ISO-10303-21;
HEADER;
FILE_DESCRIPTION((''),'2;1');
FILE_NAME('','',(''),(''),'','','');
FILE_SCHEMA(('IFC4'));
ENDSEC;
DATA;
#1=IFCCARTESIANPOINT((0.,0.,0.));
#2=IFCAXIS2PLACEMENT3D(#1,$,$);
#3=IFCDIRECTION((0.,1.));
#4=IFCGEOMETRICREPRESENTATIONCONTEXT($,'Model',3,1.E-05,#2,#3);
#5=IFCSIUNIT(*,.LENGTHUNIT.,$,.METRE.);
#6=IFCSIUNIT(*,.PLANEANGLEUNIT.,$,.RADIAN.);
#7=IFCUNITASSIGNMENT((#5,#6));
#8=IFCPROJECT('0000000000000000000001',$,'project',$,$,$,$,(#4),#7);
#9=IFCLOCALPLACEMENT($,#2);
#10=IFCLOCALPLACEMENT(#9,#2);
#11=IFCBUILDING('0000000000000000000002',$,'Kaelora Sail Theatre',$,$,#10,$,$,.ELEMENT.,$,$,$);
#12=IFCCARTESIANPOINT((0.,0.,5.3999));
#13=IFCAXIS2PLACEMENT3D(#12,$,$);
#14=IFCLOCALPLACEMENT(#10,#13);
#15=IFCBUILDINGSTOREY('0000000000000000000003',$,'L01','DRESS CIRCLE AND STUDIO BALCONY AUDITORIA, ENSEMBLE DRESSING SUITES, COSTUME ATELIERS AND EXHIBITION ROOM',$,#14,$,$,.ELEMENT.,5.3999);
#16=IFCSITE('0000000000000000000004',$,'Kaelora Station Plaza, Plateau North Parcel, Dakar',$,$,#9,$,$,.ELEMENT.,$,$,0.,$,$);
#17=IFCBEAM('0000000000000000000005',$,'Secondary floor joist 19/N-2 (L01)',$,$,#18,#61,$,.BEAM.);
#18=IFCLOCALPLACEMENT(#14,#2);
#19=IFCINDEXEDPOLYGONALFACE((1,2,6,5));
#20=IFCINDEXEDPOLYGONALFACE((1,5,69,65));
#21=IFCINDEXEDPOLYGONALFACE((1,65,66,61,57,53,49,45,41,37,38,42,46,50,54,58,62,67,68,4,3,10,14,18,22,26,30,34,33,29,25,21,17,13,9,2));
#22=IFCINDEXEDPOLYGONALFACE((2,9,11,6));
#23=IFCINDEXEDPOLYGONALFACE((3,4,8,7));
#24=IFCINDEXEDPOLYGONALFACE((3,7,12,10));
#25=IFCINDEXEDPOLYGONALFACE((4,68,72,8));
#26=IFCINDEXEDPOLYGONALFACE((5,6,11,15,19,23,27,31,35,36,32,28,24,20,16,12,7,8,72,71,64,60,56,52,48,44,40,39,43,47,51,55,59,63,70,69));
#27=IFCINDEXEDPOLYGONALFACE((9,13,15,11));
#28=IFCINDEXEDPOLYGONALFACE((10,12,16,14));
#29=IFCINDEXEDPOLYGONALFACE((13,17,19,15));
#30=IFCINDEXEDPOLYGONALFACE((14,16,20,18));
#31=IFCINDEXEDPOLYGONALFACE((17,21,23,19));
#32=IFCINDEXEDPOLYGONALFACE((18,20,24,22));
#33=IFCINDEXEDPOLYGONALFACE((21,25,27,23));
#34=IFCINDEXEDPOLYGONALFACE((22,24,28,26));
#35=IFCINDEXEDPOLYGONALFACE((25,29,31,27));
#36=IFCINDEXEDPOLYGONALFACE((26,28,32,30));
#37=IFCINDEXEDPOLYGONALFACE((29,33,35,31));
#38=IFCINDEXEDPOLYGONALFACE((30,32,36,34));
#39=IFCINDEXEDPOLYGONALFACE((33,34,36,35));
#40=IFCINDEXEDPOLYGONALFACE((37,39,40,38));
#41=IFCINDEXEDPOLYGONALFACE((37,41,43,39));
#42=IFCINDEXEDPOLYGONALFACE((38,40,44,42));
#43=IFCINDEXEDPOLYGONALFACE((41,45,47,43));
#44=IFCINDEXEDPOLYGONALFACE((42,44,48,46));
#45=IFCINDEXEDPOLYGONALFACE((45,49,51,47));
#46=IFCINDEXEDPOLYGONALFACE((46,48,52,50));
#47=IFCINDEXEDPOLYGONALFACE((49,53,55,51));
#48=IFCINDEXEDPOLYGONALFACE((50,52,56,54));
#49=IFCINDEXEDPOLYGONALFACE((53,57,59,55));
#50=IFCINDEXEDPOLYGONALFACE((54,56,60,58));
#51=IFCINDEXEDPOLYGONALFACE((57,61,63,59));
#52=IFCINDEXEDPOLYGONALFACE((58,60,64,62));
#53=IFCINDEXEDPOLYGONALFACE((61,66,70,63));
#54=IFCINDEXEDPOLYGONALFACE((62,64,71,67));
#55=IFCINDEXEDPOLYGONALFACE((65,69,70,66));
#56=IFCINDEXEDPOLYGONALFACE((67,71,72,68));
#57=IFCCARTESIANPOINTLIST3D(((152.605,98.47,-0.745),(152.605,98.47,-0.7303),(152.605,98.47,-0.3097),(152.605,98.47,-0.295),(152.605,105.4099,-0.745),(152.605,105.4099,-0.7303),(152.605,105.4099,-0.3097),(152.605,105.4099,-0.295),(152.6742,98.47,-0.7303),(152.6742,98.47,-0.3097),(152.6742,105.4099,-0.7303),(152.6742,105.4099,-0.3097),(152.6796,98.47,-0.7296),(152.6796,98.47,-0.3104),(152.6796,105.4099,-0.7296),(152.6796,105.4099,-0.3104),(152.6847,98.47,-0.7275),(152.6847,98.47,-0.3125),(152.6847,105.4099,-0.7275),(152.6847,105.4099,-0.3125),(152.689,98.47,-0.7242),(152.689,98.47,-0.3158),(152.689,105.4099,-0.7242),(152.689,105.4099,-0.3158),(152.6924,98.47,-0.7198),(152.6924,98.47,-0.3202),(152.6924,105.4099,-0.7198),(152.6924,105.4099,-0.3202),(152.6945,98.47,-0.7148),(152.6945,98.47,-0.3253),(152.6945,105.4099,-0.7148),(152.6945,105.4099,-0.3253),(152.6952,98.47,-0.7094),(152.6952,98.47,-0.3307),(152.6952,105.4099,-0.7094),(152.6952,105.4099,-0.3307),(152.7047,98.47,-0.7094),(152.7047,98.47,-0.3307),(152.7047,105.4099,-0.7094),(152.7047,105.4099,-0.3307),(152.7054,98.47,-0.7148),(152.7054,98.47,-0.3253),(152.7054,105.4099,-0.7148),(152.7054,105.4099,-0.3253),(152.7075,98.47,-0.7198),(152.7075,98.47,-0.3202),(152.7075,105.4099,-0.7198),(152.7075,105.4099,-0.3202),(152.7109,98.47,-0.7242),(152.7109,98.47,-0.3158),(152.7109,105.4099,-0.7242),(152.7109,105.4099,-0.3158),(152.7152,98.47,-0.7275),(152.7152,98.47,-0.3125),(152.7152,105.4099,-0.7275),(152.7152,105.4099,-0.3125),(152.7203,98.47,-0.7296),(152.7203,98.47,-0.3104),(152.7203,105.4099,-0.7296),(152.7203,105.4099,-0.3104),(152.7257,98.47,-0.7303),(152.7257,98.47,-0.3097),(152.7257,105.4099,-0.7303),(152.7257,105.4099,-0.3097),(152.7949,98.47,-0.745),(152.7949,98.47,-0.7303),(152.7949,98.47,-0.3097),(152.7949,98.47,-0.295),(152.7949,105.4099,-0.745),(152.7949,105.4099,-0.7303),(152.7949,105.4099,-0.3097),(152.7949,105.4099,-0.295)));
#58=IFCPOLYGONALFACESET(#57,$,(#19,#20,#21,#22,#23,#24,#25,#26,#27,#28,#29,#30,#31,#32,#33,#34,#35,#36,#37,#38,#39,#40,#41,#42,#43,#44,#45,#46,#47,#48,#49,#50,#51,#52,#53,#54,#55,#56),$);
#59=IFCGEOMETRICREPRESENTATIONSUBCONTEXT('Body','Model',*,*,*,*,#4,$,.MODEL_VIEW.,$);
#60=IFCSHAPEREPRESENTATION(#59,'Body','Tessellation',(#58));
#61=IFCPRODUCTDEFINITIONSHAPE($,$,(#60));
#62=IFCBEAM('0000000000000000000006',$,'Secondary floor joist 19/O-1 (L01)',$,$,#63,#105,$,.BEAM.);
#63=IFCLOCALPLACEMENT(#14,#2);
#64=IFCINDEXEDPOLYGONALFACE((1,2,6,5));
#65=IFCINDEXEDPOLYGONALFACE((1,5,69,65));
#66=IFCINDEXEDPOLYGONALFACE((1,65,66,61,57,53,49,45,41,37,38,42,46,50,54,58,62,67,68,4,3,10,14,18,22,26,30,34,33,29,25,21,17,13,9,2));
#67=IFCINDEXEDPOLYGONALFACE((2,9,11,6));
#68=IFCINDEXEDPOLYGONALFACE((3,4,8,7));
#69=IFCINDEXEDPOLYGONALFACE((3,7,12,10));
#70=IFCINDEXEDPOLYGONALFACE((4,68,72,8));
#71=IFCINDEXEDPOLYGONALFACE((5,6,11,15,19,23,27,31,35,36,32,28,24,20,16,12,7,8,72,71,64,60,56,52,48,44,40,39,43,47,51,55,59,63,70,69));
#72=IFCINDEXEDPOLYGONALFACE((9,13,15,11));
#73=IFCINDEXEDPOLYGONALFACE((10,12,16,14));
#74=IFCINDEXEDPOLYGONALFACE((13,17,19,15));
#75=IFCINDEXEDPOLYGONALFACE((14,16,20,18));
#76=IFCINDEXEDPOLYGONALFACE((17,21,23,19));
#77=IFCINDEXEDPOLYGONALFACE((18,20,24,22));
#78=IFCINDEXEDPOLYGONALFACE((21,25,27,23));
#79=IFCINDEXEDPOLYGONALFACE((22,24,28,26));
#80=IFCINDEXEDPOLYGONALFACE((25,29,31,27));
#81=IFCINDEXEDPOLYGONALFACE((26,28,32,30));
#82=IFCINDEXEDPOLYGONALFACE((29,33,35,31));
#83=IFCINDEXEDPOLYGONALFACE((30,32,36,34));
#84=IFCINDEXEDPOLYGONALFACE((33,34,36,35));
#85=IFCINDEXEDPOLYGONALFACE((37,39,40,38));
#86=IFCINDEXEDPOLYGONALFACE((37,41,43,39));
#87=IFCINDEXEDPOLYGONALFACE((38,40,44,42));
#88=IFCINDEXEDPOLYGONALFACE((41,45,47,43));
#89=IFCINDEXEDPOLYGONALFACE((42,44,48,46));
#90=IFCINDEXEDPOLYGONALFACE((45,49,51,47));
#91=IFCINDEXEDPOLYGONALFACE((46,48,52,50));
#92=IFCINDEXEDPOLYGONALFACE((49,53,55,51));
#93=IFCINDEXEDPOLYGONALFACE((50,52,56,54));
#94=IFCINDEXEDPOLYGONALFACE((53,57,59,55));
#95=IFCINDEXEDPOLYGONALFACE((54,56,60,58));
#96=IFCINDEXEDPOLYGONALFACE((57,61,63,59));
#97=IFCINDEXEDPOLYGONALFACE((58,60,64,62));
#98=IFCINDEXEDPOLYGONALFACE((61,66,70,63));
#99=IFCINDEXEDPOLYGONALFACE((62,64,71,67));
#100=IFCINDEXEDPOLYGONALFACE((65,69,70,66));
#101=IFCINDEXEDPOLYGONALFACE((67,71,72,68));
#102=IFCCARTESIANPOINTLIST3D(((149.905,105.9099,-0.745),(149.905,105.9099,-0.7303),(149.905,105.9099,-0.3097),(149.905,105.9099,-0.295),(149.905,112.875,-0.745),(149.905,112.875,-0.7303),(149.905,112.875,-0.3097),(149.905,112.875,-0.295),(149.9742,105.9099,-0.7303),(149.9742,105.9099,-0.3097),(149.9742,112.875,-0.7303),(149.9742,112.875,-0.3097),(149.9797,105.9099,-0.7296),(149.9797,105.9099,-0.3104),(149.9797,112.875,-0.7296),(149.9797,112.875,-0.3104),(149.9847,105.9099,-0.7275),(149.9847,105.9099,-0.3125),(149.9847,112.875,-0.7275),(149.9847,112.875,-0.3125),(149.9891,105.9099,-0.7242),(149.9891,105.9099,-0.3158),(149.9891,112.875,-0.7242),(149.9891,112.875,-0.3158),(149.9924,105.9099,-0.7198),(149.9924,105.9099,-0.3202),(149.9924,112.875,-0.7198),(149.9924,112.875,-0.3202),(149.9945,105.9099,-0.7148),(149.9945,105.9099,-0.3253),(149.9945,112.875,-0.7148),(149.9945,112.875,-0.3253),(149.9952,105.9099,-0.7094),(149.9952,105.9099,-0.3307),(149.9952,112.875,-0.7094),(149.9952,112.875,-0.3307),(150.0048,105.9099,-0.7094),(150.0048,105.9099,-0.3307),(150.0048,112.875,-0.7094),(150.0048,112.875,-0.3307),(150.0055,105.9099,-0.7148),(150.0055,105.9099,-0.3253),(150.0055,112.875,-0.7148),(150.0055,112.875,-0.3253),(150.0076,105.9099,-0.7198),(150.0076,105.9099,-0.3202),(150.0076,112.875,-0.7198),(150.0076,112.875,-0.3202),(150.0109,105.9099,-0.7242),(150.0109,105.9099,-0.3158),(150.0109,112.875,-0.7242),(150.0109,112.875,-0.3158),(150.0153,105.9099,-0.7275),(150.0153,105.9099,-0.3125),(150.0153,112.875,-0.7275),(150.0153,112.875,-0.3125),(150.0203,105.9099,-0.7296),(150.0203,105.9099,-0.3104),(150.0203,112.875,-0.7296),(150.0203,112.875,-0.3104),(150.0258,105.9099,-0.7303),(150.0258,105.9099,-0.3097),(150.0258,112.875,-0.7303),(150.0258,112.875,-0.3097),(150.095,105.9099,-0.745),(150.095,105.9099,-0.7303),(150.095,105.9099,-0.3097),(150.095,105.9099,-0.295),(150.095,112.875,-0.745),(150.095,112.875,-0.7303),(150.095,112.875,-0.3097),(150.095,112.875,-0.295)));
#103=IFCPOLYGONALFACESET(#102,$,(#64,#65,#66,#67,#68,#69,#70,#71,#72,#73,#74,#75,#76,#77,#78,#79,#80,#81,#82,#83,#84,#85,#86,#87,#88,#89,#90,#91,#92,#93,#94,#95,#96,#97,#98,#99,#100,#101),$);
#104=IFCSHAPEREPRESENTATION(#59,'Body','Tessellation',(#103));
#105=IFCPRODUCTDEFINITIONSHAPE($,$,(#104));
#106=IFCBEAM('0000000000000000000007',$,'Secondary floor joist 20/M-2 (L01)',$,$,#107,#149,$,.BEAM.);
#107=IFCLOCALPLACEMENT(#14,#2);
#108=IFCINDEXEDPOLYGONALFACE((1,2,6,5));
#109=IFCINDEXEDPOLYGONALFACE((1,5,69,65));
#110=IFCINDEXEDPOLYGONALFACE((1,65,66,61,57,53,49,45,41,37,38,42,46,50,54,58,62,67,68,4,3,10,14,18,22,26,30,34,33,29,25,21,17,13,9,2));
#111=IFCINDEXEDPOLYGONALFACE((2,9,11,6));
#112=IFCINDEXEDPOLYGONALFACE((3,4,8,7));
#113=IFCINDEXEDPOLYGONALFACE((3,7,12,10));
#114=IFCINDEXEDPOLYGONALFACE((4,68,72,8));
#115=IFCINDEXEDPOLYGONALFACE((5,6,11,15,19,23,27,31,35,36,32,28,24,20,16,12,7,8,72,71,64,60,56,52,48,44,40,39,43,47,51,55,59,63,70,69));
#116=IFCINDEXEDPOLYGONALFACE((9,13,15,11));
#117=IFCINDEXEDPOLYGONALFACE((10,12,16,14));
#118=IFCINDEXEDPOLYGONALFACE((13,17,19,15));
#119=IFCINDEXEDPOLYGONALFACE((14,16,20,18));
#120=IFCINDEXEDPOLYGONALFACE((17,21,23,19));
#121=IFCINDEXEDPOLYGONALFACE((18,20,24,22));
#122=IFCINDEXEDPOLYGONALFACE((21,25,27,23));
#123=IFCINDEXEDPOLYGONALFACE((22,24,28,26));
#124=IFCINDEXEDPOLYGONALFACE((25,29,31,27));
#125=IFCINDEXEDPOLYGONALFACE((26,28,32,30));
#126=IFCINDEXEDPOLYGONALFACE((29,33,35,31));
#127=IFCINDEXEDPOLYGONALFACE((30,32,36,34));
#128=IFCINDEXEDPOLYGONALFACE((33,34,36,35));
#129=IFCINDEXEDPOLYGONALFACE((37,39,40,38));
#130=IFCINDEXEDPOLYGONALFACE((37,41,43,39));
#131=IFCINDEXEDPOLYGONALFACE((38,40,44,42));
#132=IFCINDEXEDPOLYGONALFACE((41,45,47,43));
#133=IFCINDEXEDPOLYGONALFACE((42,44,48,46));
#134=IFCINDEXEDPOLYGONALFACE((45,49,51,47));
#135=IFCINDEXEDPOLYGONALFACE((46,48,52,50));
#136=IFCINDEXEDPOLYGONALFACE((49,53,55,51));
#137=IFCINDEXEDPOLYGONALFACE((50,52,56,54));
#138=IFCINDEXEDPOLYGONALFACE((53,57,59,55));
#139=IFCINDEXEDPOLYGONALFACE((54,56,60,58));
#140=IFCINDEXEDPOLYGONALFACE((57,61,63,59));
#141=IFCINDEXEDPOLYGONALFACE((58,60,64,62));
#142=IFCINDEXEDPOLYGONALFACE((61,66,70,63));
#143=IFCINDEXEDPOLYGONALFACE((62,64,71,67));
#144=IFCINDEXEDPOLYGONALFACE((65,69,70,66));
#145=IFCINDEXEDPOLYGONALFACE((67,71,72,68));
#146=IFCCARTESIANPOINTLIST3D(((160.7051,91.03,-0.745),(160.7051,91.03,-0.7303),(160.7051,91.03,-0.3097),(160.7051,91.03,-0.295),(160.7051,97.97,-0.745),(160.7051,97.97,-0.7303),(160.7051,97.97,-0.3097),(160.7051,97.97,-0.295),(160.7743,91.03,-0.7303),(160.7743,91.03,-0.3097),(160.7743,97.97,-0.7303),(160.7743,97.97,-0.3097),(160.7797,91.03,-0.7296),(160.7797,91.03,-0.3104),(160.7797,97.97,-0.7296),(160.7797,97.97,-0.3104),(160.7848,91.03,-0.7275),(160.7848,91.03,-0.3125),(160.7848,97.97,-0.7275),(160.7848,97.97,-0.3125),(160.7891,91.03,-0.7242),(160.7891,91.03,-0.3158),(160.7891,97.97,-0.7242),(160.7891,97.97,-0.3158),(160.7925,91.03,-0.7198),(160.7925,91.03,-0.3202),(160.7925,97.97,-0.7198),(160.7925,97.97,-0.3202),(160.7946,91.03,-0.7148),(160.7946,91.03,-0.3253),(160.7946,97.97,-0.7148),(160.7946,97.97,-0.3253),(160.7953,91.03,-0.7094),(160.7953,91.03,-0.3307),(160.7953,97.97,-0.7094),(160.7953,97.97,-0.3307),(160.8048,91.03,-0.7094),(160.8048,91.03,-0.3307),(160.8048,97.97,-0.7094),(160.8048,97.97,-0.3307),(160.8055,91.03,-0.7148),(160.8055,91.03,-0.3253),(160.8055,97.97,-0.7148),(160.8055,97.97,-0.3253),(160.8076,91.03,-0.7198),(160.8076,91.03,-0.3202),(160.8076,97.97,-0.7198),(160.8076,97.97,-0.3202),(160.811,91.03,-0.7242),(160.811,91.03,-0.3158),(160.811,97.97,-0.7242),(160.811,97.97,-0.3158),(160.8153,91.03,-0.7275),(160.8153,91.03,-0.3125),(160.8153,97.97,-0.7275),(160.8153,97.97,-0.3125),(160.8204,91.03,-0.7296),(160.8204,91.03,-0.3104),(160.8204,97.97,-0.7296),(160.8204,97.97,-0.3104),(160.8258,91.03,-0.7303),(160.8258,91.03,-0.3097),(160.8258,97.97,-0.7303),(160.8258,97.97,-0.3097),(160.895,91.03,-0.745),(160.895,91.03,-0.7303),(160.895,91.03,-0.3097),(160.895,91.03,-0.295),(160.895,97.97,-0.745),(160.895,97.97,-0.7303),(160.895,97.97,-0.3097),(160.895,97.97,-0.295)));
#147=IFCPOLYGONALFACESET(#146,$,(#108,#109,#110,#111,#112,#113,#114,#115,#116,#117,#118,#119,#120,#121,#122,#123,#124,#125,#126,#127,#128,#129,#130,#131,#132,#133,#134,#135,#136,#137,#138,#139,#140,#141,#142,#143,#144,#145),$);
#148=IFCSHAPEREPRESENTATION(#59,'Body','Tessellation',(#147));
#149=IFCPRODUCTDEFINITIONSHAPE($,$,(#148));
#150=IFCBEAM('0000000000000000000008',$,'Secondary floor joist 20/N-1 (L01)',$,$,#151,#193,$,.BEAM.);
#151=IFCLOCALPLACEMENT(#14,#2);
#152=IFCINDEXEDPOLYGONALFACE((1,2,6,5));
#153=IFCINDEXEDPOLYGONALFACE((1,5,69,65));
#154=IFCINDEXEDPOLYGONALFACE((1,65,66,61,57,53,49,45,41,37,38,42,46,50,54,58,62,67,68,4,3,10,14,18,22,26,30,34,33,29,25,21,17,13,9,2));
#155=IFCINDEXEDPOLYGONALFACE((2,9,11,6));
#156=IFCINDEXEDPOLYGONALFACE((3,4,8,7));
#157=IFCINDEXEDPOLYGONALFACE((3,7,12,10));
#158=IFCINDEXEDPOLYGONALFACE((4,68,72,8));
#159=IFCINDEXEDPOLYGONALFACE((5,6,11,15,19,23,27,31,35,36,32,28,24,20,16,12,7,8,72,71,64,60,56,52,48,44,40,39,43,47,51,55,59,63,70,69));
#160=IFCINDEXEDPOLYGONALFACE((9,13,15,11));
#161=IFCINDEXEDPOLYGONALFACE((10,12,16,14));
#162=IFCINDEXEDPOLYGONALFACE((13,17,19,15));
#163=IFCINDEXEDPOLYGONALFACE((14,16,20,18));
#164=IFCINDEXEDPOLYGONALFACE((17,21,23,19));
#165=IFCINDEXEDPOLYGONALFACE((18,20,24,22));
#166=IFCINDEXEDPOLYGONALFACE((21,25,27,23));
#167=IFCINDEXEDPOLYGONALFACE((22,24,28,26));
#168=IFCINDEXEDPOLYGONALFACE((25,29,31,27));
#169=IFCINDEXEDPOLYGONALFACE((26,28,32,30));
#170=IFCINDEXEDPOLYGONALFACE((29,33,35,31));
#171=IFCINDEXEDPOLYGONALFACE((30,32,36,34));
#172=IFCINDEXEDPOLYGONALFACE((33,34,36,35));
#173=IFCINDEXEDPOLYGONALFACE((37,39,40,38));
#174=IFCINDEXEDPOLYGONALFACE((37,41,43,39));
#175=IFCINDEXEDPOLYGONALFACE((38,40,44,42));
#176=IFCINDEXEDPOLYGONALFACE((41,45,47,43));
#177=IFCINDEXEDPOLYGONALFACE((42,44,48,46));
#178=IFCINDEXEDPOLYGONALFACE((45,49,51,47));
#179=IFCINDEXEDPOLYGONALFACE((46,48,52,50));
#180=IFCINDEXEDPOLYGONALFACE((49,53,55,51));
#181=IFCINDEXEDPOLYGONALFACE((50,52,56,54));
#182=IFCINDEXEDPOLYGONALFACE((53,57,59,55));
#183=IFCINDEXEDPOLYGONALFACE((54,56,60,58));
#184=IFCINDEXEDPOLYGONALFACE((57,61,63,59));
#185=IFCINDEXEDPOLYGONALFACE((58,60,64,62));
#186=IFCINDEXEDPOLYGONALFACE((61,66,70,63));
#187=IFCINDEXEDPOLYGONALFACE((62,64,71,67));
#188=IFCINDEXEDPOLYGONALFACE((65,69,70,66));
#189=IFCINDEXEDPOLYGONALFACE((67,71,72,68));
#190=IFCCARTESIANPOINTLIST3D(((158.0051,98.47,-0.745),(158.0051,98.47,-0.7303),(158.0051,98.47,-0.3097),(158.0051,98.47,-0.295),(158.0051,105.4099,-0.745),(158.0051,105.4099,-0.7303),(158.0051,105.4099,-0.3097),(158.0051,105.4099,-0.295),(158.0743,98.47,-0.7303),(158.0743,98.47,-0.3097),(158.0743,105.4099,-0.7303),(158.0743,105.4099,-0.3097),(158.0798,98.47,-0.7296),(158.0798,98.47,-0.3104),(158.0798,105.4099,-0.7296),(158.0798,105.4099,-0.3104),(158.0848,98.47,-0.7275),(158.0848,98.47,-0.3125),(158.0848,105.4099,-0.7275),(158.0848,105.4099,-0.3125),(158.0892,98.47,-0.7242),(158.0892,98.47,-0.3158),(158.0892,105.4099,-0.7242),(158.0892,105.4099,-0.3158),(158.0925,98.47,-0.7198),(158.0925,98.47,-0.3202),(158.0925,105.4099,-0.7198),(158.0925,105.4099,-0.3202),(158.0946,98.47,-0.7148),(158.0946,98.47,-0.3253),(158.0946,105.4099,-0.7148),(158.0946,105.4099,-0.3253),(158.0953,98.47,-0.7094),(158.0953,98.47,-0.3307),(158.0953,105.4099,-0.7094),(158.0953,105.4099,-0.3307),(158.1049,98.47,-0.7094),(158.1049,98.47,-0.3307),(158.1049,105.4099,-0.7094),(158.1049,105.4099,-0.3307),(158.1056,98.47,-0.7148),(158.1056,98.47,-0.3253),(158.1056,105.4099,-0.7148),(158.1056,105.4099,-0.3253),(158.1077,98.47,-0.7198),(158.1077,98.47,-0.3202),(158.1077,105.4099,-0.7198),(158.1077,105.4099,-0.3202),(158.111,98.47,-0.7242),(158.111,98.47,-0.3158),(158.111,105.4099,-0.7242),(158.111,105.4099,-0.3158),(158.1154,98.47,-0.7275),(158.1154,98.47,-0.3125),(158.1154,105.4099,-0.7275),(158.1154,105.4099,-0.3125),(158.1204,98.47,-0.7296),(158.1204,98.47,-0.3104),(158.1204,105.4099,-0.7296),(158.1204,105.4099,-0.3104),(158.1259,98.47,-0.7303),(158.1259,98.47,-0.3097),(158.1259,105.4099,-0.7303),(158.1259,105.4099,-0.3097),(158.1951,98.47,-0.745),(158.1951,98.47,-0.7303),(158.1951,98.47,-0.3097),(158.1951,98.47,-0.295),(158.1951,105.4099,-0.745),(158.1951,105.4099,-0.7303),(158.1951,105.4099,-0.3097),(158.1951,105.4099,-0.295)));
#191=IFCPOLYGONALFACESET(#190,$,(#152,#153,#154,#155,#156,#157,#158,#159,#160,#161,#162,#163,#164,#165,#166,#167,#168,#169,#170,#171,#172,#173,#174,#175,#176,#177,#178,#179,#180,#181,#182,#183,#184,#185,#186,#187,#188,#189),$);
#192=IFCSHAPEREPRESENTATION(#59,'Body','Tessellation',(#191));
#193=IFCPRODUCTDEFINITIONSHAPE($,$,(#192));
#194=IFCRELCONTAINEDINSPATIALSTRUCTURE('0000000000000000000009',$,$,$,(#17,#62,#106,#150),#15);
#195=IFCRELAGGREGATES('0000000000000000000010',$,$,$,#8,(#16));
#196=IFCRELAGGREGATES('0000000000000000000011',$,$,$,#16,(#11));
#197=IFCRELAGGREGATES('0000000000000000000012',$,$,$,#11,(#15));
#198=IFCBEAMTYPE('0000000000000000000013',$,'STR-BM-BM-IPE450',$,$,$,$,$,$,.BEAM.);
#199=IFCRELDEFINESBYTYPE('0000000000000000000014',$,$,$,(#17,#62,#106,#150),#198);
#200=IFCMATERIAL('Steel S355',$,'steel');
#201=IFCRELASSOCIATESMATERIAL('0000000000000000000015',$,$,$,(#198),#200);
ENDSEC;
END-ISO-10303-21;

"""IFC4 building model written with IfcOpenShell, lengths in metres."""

from ifc_helpers import new_model, si_unit, direction, frame, origin, origin_2d, place, context, subcontext, project, spatial, i_section, extrude, material, material_profile, profile_set, type_object, element, save


model = new_model("IFC4")

# Units and contexts
model_context = context("Model", 3, precision=1e-05, world=origin(), true_north=direction((0.0, 1.0)))
body_context = subcontext(model_context, "Body", "Model", "MODEL_VIEW")
ifc_project = project(units=[si_unit("LENGTHUNIT", "METRE"), si_unit("PLANEANGLEUNIT", "RADIAN")], contexts=[model_context])

# Site, building, storey
site_placement = place(None, origin())
site = spatial("IfcSite", under=ifc_project, at=site_placement, Name="Kaelora Station Plaza, Plateau North Parcel, Dakar", CompositionType="ELEMENT", RefElevation=0.0)
building_placement = place(site_placement, origin())
building = spatial("IfcBuilding", under=site, at=building_placement, Name="Kaelora Sail Theatre", CompositionType="ELEMENT")
storey_placement = place(building_placement, frame((0.0, 0.0, 5.3999)))
storey = spatial("IfcBuildingStorey", under=building, at=storey_placement, Name="L01", Description="DRESS CIRCLE AND STUDIO BALCONY AUDITORIA, ENSEMBLE DRESSING SUITES, COSTUME ATELIERS AND EXHIBITION ROOM", CompositionType="ELEMENT", Elevation=5.3999)

# Beams
ifc_material_1 = material(Name="Steel S355", Category="steel")
ifc_material_profile_1 = material_profile(ifc_material_1, i_section(OverallWidth=0.1899, OverallDepth=0.45, WebThickness=0.0095, FlangeThickness=0.0146, FilletRadius=0.021, at=origin_2d()), Name="IPE 450")
ifc_profile_set_1 = profile_set([ifc_material_profile_1], Name="Steel S355")
beam_type_1 = type_object("IfcBeamType", Name="STR-BM-BM-IPE450", PredefinedType="BEAM", material=ifc_profile_set_1)
beam_1_placement = place(storey_placement, frame((152.7, 98.47, -0.52), z_axis=(0.0, 1.0, 0.0), x_axis=(-1.0, 0.0, 0.0)))
element("IfcBeam", 1, at=beam_1_placement, inside=storey, type_object=beam_type_1, Name="Secondary floor joist 19/N-2 (L01)", PredefinedType="BEAM", context=body_context, shape_type="SweptSolid", body=[
    extrude(i_section(OverallWidth=0.1899, OverallDepth=0.45, WebThickness=0.0095, FlangeThickness=0.0146, FilletRadius=0.021, at=origin_2d()), origin(), (0.0, 0.0, 1.0), 6.9399),
])
beam_2_placement = place(storey_placement, frame((150.0, 105.9099, -0.52), z_axis=(0.0, 1.0, 0.0), x_axis=(-1.0, 0.0, 0.0)))
element("IfcBeam", 2, at=beam_2_placement, inside=storey, type_object=beam_type_1, Name="Secondary floor joist 19/O-1 (L01)", PredefinedType="BEAM", context=body_context, shape_type="SweptSolid", body=[
    extrude(i_section(OverallWidth=0.1899, OverallDepth=0.45, WebThickness=0.0095, FlangeThickness=0.0146, FilletRadius=0.021, at=origin_2d()), origin(), (0.0, 0.0, 1.0), 6.9651),
])
for number, where, z_axis, x_axis, name in (
    (3, (160.8, 91.03, -0.52), (0.0, 1.0, 0.0), (-1.0, 0.0, 0.0), "Secondary floor joist 20/M-2 (L01)"),
    (4, (158.1001, 98.47, -0.52), (0.0, 1.0, 0.0), (-1.0, 0.0, 0.0), "Secondary floor joist 20/N-1 (L01)"),
):
    element("IfcBeam", number, at=place(storey_placement, frame(where, z_axis=z_axis, x_axis=x_axis)), inside=storey, type_object=beam_type_1, Name=name, PredefinedType="BEAM", context=body_context, shape_type="SweptSolid", body=[
        extrude(i_section(OverallWidth=0.1899, OverallDepth=0.45, WebThickness=0.0095, FlangeThickness=0.0146, FilletRadius=0.021, at=origin_2d()), origin(), (0.0, 0.0, 1.0), 6.9399),
    ])

save(model, "model.ifc")
